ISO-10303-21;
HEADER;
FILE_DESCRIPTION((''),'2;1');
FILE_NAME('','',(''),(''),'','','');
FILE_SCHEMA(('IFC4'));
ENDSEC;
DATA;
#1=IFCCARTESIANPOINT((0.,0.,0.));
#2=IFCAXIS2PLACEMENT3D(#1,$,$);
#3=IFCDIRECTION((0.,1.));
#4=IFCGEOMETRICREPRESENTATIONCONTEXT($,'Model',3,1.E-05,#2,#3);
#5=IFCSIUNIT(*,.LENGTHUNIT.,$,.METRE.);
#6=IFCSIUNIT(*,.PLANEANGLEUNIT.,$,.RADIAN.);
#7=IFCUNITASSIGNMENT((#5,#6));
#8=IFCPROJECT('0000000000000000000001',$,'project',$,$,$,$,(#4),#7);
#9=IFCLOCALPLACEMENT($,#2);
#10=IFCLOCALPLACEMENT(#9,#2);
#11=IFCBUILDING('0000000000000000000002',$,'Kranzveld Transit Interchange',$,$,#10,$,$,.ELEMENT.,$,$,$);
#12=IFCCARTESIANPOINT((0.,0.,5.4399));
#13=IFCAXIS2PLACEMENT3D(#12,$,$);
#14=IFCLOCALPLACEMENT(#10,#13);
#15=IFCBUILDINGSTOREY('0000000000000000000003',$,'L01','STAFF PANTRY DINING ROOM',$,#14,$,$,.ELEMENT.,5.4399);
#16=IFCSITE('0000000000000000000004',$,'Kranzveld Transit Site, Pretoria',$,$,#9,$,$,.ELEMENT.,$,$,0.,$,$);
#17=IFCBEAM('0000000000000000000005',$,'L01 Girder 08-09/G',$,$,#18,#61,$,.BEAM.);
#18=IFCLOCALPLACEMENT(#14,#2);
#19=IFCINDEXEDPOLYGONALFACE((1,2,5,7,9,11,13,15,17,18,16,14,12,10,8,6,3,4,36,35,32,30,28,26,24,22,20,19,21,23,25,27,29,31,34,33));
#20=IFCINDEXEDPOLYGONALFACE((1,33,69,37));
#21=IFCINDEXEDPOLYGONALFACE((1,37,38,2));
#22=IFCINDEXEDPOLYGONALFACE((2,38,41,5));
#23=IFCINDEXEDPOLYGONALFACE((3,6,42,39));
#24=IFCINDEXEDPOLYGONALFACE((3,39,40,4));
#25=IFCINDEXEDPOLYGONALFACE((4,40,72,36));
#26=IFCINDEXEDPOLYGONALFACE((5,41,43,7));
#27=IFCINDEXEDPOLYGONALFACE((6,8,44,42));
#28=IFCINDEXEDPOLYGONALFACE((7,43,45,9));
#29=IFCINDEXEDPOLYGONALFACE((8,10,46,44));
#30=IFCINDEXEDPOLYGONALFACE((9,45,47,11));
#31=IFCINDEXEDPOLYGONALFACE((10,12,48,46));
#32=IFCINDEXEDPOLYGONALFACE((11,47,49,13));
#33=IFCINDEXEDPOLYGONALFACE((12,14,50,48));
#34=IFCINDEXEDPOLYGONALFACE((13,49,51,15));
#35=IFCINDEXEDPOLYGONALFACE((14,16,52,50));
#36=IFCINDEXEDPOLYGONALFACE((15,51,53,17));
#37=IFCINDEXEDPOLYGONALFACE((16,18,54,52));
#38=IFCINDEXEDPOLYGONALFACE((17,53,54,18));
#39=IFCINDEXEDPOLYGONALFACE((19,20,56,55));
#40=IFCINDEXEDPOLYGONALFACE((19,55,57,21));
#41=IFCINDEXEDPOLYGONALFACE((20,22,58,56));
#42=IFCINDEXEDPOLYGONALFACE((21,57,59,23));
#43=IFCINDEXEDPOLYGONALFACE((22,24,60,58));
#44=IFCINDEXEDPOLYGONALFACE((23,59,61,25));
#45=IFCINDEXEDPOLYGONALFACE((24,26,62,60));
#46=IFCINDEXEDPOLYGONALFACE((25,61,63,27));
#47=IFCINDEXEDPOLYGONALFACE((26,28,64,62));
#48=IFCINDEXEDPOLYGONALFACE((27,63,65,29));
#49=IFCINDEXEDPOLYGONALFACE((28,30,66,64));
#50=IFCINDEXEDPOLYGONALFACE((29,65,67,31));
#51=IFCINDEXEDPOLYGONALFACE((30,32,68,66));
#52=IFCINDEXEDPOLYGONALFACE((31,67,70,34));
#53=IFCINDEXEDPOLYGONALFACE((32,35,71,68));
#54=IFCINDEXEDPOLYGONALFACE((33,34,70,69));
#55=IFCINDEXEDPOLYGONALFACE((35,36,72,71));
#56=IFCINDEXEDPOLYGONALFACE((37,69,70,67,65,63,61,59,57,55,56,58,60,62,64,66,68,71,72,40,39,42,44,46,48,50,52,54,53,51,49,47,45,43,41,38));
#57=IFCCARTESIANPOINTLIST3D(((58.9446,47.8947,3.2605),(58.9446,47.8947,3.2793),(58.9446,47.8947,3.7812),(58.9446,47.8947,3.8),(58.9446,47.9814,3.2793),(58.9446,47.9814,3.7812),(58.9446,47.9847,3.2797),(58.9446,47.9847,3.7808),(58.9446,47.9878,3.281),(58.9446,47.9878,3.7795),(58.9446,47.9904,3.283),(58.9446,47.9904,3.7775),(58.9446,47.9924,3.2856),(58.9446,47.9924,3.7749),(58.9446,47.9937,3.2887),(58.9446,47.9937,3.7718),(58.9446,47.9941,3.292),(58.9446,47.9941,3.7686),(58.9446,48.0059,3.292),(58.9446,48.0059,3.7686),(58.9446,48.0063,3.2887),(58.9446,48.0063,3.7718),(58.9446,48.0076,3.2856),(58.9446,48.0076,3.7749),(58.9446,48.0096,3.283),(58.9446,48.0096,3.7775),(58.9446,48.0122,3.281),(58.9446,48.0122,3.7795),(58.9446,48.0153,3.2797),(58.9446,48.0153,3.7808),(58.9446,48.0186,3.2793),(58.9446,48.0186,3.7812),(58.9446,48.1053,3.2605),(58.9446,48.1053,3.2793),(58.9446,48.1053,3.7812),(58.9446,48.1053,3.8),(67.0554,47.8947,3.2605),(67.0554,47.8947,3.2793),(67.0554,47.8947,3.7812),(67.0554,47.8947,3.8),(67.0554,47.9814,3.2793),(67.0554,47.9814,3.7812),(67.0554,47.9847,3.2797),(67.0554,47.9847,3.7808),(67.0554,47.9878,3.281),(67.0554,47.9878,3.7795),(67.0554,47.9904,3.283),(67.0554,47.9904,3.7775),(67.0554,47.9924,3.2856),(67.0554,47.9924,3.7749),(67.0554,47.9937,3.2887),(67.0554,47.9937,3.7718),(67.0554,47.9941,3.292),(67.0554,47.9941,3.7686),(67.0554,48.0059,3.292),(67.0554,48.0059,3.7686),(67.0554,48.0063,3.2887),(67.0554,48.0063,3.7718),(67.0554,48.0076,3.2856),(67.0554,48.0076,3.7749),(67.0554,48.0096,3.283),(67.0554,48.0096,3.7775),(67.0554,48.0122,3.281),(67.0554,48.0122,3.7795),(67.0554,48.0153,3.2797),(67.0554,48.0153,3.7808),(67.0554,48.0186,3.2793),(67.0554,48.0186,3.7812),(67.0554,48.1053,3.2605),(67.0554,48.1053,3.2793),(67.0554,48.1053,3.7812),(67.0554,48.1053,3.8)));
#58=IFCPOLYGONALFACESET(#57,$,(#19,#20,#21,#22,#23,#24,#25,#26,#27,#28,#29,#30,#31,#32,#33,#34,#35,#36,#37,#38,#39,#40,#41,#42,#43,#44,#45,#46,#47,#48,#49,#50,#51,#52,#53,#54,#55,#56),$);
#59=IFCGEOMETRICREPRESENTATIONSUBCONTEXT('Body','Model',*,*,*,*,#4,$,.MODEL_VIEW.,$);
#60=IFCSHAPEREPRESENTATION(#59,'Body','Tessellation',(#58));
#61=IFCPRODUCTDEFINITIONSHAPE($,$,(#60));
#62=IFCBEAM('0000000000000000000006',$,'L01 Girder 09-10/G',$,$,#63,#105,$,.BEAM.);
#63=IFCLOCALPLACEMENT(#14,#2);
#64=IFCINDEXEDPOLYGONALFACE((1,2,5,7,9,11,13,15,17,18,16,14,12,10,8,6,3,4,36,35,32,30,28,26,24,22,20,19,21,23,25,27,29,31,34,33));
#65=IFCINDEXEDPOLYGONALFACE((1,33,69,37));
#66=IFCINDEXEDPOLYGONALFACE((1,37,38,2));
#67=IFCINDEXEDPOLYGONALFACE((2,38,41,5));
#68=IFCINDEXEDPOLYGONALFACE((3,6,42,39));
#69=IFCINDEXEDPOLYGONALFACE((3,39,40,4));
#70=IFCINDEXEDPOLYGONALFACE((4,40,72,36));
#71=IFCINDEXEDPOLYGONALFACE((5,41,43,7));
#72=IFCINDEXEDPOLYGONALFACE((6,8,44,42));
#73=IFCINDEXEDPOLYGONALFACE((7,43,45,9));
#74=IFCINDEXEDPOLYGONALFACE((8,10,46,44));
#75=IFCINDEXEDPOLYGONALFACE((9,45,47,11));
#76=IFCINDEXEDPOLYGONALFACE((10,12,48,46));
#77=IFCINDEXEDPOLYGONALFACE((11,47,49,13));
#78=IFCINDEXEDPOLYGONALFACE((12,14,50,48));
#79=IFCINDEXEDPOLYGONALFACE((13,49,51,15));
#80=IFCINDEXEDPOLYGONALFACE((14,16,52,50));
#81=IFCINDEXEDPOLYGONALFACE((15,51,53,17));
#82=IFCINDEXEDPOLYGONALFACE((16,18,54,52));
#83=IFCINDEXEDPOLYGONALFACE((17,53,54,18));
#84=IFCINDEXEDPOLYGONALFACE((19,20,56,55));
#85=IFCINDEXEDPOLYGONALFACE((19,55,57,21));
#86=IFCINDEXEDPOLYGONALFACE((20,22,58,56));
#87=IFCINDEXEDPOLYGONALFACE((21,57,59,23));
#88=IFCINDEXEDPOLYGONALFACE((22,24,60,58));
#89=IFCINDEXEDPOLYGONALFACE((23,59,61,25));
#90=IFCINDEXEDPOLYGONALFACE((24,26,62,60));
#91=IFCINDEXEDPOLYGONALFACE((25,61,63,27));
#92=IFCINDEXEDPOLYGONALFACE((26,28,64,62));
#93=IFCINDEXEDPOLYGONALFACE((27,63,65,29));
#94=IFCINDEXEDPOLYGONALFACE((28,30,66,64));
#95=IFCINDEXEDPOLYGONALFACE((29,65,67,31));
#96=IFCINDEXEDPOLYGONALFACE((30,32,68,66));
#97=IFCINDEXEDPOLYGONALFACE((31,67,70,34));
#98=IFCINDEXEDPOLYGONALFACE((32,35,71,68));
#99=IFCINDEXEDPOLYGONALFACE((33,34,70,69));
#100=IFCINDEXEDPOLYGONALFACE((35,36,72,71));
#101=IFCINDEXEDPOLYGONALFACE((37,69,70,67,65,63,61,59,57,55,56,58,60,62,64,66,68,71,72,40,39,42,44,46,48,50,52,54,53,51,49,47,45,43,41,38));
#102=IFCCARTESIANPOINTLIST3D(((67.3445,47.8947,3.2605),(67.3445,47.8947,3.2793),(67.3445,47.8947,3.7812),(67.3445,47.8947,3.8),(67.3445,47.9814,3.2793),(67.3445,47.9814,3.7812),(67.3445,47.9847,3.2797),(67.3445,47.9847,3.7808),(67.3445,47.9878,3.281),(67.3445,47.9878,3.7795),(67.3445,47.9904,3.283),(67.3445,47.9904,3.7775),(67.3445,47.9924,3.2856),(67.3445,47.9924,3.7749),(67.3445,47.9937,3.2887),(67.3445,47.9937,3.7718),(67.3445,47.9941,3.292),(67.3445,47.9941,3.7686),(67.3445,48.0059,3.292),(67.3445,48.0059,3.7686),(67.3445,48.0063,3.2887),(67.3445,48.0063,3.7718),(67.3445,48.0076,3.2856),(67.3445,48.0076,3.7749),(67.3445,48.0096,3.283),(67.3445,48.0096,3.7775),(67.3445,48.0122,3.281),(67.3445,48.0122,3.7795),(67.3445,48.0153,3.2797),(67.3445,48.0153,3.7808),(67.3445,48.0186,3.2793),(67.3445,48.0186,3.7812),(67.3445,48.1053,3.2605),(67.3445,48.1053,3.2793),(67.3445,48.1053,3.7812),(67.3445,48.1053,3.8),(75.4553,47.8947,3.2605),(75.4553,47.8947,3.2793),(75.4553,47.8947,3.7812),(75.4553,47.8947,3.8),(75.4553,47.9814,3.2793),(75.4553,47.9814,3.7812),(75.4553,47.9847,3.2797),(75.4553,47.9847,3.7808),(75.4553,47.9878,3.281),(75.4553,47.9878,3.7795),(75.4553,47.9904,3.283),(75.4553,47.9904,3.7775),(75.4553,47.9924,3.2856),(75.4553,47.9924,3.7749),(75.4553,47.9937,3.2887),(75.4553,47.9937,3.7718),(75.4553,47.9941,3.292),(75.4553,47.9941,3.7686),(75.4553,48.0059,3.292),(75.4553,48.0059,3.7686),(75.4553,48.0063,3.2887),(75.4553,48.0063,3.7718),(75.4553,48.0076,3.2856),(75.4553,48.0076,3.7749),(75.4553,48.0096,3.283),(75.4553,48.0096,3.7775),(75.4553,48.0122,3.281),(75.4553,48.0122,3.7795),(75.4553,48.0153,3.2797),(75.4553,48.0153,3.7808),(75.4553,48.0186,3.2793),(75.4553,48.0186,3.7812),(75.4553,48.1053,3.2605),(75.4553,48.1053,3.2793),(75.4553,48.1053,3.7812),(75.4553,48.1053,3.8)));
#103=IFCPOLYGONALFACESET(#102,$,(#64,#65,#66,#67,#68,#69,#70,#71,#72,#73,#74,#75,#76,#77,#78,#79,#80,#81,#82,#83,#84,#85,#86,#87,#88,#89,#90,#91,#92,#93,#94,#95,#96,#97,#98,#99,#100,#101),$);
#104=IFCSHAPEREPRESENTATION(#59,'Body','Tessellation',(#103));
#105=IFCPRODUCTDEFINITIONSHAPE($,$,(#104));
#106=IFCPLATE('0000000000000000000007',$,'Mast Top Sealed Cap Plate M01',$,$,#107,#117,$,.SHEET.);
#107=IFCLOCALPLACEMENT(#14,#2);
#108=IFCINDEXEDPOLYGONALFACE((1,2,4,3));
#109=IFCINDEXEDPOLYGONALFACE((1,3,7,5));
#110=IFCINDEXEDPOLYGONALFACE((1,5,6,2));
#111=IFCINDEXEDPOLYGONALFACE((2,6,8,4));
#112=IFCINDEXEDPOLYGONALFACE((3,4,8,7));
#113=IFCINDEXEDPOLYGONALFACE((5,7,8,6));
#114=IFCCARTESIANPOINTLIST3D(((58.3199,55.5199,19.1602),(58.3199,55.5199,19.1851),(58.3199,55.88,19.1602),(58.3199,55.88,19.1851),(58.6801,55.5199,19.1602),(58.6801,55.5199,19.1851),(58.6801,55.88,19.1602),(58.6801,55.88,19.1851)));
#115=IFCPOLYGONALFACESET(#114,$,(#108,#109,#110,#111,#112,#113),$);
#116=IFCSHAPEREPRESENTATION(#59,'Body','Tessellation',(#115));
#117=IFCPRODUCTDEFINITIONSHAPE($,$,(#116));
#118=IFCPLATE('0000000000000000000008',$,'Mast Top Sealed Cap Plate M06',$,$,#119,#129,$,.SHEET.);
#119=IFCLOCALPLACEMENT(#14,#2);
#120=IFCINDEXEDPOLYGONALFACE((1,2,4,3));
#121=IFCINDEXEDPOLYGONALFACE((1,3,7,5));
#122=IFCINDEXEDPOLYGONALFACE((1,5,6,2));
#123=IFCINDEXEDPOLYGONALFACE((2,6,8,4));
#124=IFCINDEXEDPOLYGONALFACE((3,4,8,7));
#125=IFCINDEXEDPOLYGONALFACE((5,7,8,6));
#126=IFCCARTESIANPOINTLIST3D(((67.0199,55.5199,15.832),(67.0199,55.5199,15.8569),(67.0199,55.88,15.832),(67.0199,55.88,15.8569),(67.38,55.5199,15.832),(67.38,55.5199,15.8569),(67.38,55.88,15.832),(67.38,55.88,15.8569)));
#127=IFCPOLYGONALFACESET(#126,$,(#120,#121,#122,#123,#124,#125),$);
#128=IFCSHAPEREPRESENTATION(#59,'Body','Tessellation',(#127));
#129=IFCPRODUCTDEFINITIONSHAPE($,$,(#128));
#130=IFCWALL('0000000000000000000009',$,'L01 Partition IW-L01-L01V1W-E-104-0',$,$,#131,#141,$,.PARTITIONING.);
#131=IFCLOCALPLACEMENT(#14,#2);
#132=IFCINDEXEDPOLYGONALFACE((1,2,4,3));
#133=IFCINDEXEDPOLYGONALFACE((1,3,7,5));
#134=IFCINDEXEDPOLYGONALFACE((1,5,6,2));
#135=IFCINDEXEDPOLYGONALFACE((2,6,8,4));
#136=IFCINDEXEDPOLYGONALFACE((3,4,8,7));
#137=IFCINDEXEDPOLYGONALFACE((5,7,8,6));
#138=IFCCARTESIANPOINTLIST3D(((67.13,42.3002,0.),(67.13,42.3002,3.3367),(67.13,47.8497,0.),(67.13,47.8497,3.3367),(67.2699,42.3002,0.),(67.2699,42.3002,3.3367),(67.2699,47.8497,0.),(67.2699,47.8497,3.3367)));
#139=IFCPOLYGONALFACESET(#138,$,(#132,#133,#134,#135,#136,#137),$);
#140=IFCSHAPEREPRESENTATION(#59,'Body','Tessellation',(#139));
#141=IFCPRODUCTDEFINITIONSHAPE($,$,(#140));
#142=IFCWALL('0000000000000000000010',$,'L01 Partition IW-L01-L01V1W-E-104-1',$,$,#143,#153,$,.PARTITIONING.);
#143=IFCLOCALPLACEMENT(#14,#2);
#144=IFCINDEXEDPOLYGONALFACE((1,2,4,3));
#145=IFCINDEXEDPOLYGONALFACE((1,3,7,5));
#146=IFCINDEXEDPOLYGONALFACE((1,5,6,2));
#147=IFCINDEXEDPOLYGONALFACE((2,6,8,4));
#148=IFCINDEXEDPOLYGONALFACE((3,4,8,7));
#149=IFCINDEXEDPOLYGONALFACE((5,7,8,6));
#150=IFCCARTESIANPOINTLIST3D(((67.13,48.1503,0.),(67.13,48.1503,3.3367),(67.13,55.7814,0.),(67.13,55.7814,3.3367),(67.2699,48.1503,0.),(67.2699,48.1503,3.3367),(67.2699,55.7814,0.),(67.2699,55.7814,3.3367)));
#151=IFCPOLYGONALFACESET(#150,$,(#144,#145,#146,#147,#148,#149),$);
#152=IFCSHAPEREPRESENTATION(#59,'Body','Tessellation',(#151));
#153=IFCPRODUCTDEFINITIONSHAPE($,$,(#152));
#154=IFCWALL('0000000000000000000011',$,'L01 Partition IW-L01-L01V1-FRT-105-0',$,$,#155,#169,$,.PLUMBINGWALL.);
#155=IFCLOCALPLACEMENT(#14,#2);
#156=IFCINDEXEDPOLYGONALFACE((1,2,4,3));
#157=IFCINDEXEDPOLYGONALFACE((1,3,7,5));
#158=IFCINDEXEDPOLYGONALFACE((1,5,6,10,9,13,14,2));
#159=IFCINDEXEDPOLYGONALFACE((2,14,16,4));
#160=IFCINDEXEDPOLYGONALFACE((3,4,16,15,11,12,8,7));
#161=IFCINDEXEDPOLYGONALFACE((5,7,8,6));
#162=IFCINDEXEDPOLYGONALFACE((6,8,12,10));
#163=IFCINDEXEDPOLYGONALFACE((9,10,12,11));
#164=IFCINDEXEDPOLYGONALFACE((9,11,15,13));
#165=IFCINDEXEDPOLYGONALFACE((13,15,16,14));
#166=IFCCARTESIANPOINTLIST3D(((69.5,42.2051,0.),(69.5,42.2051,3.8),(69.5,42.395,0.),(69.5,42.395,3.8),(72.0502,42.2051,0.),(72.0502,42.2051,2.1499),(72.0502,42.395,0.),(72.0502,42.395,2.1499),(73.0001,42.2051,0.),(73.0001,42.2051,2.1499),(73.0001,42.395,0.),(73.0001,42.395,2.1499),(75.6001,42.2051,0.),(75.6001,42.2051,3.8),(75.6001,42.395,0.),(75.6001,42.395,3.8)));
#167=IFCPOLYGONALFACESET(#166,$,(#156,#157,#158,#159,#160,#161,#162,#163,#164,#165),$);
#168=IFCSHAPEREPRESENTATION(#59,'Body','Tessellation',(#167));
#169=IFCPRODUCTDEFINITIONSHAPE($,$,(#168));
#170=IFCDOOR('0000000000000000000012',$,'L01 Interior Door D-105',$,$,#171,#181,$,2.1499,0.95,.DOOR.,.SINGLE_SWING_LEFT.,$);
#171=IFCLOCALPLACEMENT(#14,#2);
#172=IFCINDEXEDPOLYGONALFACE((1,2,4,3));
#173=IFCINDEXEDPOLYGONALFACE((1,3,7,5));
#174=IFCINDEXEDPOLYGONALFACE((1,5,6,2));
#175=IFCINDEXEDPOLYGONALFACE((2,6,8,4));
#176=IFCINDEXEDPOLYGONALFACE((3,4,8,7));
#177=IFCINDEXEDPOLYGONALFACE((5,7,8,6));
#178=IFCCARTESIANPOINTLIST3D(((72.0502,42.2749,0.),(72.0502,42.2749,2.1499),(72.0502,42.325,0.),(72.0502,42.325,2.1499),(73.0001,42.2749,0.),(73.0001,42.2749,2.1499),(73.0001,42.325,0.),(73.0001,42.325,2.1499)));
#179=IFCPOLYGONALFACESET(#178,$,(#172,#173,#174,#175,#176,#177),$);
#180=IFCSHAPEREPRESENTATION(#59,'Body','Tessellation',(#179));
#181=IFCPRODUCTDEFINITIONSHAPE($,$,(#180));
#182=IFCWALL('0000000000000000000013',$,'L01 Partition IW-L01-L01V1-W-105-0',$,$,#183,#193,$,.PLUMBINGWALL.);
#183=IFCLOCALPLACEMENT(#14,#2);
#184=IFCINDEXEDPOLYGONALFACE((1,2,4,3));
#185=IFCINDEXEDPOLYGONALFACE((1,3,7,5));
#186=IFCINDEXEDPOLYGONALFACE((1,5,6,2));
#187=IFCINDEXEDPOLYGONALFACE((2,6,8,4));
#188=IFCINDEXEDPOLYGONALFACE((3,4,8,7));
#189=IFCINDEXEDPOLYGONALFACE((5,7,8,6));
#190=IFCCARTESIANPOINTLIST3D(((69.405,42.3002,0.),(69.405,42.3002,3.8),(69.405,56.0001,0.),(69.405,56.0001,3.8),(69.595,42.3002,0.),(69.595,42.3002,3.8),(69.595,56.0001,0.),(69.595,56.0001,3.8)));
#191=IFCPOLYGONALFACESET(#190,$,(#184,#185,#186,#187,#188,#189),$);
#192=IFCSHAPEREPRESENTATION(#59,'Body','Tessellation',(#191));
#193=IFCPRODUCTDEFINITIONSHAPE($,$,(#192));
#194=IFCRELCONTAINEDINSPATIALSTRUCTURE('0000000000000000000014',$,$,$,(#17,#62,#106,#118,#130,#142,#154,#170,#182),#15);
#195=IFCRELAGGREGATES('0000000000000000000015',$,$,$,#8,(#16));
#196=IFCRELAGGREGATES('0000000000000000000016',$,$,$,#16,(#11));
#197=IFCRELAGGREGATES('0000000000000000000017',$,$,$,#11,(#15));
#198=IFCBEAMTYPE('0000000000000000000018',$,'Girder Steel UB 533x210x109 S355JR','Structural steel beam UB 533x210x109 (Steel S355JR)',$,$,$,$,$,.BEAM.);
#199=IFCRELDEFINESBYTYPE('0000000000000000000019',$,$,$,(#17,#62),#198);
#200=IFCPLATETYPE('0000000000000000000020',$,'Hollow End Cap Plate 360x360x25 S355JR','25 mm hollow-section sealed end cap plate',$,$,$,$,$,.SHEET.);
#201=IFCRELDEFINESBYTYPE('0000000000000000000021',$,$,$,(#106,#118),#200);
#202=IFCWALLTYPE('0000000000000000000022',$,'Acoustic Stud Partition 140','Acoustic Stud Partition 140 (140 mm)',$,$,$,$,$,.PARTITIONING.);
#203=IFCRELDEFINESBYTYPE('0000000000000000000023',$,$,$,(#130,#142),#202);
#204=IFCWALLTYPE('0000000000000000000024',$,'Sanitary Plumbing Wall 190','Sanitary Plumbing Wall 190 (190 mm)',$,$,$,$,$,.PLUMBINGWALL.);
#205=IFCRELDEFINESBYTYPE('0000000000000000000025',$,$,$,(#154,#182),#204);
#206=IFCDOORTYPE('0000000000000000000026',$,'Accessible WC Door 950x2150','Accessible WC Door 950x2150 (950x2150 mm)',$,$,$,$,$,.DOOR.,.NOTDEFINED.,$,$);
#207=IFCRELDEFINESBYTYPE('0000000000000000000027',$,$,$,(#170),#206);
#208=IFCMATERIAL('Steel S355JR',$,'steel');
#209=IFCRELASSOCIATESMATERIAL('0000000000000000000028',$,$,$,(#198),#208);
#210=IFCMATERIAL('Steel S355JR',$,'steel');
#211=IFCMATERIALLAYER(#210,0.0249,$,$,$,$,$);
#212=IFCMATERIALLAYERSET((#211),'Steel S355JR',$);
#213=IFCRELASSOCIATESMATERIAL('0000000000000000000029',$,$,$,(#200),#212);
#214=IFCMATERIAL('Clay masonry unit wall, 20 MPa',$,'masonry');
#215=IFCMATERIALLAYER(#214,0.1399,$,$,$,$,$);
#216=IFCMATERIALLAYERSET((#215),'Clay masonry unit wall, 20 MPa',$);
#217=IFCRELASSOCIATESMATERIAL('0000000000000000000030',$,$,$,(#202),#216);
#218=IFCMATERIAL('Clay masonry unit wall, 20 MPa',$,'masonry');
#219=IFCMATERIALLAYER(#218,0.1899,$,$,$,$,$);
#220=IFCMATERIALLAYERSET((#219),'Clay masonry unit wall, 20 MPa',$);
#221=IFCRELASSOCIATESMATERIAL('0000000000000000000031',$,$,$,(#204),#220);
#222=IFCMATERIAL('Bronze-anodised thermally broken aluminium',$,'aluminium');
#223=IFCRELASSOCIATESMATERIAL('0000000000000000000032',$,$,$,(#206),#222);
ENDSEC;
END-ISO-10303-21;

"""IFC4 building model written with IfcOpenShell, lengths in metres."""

from ifc_helpers import new_model, si_unit, direction, frame, frame_2d, origin, origin_2d, place, context, subcontext, project, spatial, rectangle, i_section, extrude, material, layer, layer_set, material_profile, profile_set, type_object, element, fill, save


model = new_model("IFC4")

# Units and contexts
model_context = context("Model", 3, precision=1e-05, world=origin(), true_north=direction((0.0, 1.0)))
body_context = subcontext(model_context, "Body", "Model", "MODEL_VIEW")
ifc_project = project(units=[si_unit("LENGTHUNIT", "METRE"), si_unit("PLANEANGLEUNIT", "RADIAN")], contexts=[model_context])

# Site, building, storey
site_placement = place(None, origin())
site = spatial("IfcSite", under=ifc_project, at=site_placement, Name="Kranzveld Transit Site, Pretoria", CompositionType="ELEMENT", RefElevation=0.0)
building_placement = place(site_placement, origin())
building = spatial("IfcBuilding", under=site, at=building_placement, Name="Kranzveld Transit Interchange", CompositionType="ELEMENT")
storey_placement = place(building_placement, frame((0.0, 0.0, 5.4399)))
storey = spatial("IfcBuildingStorey", under=building, at=storey_placement, Name="L01", Description="STAFF PANTRY DINING ROOM", CompositionType="ELEMENT", Elevation=5.4399)

# Beams
ifc_material_1 = material(Name="Steel S355JR", Category="steel")
ifc_material_profile_1 = material_profile(ifc_material_1, i_section(OverallWidth=0.2107, OverallDepth=0.5396, WebThickness=0.0117, FlangeThickness=0.0188, FilletRadius=0.0127, at=origin_2d()), Name="UB 533x210x109")
ifc_profile_set_1 = profile_set([ifc_material_profile_1], Name="Steel S355JR")
beam_type_1 = type_object("IfcBeamType", Name="Girder Steel UB 533x210x109 S355JR", Description="Structural steel beam UB 533x210x109 (Steel S355JR)", PredefinedType="BEAM", material=ifc_profile_set_1)
for number, where, z_axis, x_axis, name in (
    (1, (58.9446, 48.0, 3.5303), (1.0, 0.0, 0.0), (0.0, 1.0, 0.0), "L01 Girder 08-09/G"),
    (2, (67.3445, 48.0, 3.5303), (1.0, 0.0, 0.0), (0.0, 1.0, 0.0), "L01 Girder 09-10/G"),
):
    element("IfcBeam", number, at=place(storey_placement, frame(where, z_axis=z_axis, x_axis=x_axis)), inside=storey, type_object=beam_type_1, Name=name, PredefinedType="BEAM", context=body_context, shape_type="SweptSolid", body=[
        extrude(i_section(OverallWidth=0.2107, OverallDepth=0.5396, WebThickness=0.0117, FlangeThickness=0.0188, FilletRadius=0.0127, at=origin_2d()), origin(), (0.0, 0.0, 1.0), 8.1108),
    ])

# Plates
ifc_material_2 = material(Name="Steel S355JR", Category="steel")
ifc_layer_1 = layer(ifc_material_2, 0.0249)
ifc_layer_set_1 = layer_set([ifc_layer_1], Name="Steel S355JR")
plate_type = type_object("IfcPlateType", Name="Hollow End Cap Plate 360x360x25 S355JR", Description="25 mm hollow-section sealed end cap plate", PredefinedType="SHEET", material=ifc_layer_set_1)
for number, where, z_axis, x_axis, name in (
    (3, (58.5, 55.7, 19.1602), (0.0, 0.0, 1.0), (1.0, 0.0, 0.0), "Mast Top Sealed Cap Plate M01"),
    (4, (67.2, 55.7, 15.832), (0.0, 0.0, 1.0), (1.0, 0.0, 0.0), "Mast Top Sealed Cap Plate M06"),
):
    element("IfcPlate", number, at=place(storey_placement, frame(where, z_axis=z_axis, x_axis=x_axis)), inside=storey, type_object=plate_type, Name=name, PredefinedType="SHEET", context=body_context, shape_type="SweptSolid", body=[
        extrude(rectangle(XDim=0.3601, YDim=0.3601, at=origin_2d()), origin(), (0.0, 0.0, 1.0), 0.0249),
    ])

# Walls
ifc_material_3 = material(Name="Clay masonry unit wall, 20 MPa", Category="masonry")
ifc_layer_2 = layer(ifc_material_3, 0.1399)
ifc_layer_set_2 = layer_set([ifc_layer_2], Name="Clay masonry unit wall, 20 MPa")
wall_type_1 = type_object("IfcWallType", Name="Acoustic Stud Partition 140", Description="Acoustic Stud Partition 140 (140 mm)", PredefinedType="PARTITIONING", material=ifc_layer_set_2)
wall_1_placement = place(storey_placement, frame((67.2, 42.3, 0.0), z_axis=(0.0, 0.0, 1.0), x_axis=(0.0, 1.0, 0.0)))
element("IfcWall", 5, at=wall_1_placement, inside=storey, type_object=wall_type_1, Name="L01 Partition IW-L01-L01V1W-E-104-0", PredefinedType="PARTITIONING", context=body_context, shape_type="SweptSolid", body=[
    extrude(rectangle(XDim=5.5496, YDim=0.1399, at=frame_2d((2.7749, 0.0))), origin(), (0.0, 0.0, 1.0), 3.3367),
])
wall_2_placement = place(storey_placement, frame((67.2, 48.1504, 0.0), z_axis=(0.0, 0.0, 1.0), x_axis=(0.0, 1.0, 0.0)))
element("IfcWall", 6, at=wall_2_placement, inside=storey, type_object=wall_type_1, Name="L01 Partition IW-L01-L01V1W-E-104-1", PredefinedType="PARTITIONING", context=body_context, shape_type="SweptSolid", body=[
    extrude(rectangle(XDim=7.6311, YDim=0.1399, at=frame_2d((3.8154, 0.0))), origin(), (0.0, 0.0, 1.0), 3.3367),
])

# Wall, opening, door
ifc_material_4 = material(Name="Clay masonry unit wall, 20 MPa", Category="masonry")
ifc_layer_3 = layer(ifc_material_4, 0.1899)
ifc_layer_set_3 = layer_set([ifc_layer_3], Name="Clay masonry unit wall, 20 MPa")
wall_type_2 = type_object("IfcWallType", Name="Sanitary Plumbing Wall 190", Description="Sanitary Plumbing Wall 190 (190 mm)", PredefinedType="PLUMBINGWALL", material=ifc_layer_set_3)
wall_3_placement = place(storey_placement, frame((69.5, 42.3, 0.0), z_axis=(0.0, 0.0, 1.0), x_axis=(1.0, 0.0, 0.0)))
wall_3 = element("IfcWall", 7, at=wall_3_placement, inside=storey, type_object=wall_type_2, Name="L01 Partition IW-L01-L01V1-FRT-105-0", PredefinedType="PLUMBINGWALL", context=body_context, shape_type="SweptSolid", body=[
    extrude(rectangle(XDim=6.1001, YDim=0.1899, at=frame_2d((3.05, 0.0))), origin(), (0.0, 0.0, 1.0), 3.8),
])
opening_placement = place(wall_3_placement, frame((2.55, 0.0, 0.0), z_axis=(0.0, 0.0, 1.0), x_axis=(1.0, 0.0, 0.0)))
opening = element("IfcOpeningElement", 8, at=opening_placement, cuts=wall_3, PredefinedType="OPENING", context=body_context, shape_type="SweptSolid", body=[
    extrude(rectangle(XDim=0.95, YDim=2.1499, at=frame_2d((0.4751, 1.075))), frame((0.0, 0.105, 0.0), z_axis=(0.0, -1.0, 0.0), x_axis=(1.0, 0.0, 0.0)), (0.0, 0.0, 1.0), 0.21),
])
ifc_material_5 = material(Name="Bronze-anodised thermally broken aluminium", Category="aluminium")
door_type = type_object("IfcDoorType", Name="Accessible WC Door 950x2150", Description="Accessible WC Door 950x2150 (950x2150 mm)", OperationType="NOTDEFINED", PredefinedType="DOOR", material=ifc_material_5)
door_placement = place(opening_placement, origin())
door = element("IfcDoor", 9, at=door_placement, inside=storey, type_object=door_type, Name="L01 Interior Door D-105", OperationType="SINGLE_SWING_LEFT", OverallHeight=2.1499, OverallWidth=0.95, PredefinedType="DOOR", context=body_context, shape_type="SweptSolid", body=[
    extrude(rectangle(XDim=0.95, YDim=2.1499, at=frame_2d((0.4751, 1.075))), frame((0.0, 0.0249, 0.0), z_axis=(0.0, -1.0, 0.0), x_axis=(1.0, 0.0, 0.0)), (0.0, 0.0, 1.0), 0.05),
])
fill(opening, door)

# Wall
wall_4_placement = place(storey_placement, frame((69.5, 42.3, 0.0), z_axis=(0.0, 0.0, 1.0), x_axis=(0.0, 1.0, 0.0)))
element("IfcWall", 10, at=wall_4_placement, inside=storey, type_object=wall_type_2, Name="L01 Partition IW-L01-L01V1-W-105-0", PredefinedType="PLUMBINGWALL", context=body_context, shape_type="SweptSolid", body=[
    extrude(rectangle(XDim=13.7, YDim=0.1899, at=frame_2d((6.8501, 0.0))), origin(), (0.0, 0.0, 1.0), 3.8),
])

save(model, "model.ifc")
